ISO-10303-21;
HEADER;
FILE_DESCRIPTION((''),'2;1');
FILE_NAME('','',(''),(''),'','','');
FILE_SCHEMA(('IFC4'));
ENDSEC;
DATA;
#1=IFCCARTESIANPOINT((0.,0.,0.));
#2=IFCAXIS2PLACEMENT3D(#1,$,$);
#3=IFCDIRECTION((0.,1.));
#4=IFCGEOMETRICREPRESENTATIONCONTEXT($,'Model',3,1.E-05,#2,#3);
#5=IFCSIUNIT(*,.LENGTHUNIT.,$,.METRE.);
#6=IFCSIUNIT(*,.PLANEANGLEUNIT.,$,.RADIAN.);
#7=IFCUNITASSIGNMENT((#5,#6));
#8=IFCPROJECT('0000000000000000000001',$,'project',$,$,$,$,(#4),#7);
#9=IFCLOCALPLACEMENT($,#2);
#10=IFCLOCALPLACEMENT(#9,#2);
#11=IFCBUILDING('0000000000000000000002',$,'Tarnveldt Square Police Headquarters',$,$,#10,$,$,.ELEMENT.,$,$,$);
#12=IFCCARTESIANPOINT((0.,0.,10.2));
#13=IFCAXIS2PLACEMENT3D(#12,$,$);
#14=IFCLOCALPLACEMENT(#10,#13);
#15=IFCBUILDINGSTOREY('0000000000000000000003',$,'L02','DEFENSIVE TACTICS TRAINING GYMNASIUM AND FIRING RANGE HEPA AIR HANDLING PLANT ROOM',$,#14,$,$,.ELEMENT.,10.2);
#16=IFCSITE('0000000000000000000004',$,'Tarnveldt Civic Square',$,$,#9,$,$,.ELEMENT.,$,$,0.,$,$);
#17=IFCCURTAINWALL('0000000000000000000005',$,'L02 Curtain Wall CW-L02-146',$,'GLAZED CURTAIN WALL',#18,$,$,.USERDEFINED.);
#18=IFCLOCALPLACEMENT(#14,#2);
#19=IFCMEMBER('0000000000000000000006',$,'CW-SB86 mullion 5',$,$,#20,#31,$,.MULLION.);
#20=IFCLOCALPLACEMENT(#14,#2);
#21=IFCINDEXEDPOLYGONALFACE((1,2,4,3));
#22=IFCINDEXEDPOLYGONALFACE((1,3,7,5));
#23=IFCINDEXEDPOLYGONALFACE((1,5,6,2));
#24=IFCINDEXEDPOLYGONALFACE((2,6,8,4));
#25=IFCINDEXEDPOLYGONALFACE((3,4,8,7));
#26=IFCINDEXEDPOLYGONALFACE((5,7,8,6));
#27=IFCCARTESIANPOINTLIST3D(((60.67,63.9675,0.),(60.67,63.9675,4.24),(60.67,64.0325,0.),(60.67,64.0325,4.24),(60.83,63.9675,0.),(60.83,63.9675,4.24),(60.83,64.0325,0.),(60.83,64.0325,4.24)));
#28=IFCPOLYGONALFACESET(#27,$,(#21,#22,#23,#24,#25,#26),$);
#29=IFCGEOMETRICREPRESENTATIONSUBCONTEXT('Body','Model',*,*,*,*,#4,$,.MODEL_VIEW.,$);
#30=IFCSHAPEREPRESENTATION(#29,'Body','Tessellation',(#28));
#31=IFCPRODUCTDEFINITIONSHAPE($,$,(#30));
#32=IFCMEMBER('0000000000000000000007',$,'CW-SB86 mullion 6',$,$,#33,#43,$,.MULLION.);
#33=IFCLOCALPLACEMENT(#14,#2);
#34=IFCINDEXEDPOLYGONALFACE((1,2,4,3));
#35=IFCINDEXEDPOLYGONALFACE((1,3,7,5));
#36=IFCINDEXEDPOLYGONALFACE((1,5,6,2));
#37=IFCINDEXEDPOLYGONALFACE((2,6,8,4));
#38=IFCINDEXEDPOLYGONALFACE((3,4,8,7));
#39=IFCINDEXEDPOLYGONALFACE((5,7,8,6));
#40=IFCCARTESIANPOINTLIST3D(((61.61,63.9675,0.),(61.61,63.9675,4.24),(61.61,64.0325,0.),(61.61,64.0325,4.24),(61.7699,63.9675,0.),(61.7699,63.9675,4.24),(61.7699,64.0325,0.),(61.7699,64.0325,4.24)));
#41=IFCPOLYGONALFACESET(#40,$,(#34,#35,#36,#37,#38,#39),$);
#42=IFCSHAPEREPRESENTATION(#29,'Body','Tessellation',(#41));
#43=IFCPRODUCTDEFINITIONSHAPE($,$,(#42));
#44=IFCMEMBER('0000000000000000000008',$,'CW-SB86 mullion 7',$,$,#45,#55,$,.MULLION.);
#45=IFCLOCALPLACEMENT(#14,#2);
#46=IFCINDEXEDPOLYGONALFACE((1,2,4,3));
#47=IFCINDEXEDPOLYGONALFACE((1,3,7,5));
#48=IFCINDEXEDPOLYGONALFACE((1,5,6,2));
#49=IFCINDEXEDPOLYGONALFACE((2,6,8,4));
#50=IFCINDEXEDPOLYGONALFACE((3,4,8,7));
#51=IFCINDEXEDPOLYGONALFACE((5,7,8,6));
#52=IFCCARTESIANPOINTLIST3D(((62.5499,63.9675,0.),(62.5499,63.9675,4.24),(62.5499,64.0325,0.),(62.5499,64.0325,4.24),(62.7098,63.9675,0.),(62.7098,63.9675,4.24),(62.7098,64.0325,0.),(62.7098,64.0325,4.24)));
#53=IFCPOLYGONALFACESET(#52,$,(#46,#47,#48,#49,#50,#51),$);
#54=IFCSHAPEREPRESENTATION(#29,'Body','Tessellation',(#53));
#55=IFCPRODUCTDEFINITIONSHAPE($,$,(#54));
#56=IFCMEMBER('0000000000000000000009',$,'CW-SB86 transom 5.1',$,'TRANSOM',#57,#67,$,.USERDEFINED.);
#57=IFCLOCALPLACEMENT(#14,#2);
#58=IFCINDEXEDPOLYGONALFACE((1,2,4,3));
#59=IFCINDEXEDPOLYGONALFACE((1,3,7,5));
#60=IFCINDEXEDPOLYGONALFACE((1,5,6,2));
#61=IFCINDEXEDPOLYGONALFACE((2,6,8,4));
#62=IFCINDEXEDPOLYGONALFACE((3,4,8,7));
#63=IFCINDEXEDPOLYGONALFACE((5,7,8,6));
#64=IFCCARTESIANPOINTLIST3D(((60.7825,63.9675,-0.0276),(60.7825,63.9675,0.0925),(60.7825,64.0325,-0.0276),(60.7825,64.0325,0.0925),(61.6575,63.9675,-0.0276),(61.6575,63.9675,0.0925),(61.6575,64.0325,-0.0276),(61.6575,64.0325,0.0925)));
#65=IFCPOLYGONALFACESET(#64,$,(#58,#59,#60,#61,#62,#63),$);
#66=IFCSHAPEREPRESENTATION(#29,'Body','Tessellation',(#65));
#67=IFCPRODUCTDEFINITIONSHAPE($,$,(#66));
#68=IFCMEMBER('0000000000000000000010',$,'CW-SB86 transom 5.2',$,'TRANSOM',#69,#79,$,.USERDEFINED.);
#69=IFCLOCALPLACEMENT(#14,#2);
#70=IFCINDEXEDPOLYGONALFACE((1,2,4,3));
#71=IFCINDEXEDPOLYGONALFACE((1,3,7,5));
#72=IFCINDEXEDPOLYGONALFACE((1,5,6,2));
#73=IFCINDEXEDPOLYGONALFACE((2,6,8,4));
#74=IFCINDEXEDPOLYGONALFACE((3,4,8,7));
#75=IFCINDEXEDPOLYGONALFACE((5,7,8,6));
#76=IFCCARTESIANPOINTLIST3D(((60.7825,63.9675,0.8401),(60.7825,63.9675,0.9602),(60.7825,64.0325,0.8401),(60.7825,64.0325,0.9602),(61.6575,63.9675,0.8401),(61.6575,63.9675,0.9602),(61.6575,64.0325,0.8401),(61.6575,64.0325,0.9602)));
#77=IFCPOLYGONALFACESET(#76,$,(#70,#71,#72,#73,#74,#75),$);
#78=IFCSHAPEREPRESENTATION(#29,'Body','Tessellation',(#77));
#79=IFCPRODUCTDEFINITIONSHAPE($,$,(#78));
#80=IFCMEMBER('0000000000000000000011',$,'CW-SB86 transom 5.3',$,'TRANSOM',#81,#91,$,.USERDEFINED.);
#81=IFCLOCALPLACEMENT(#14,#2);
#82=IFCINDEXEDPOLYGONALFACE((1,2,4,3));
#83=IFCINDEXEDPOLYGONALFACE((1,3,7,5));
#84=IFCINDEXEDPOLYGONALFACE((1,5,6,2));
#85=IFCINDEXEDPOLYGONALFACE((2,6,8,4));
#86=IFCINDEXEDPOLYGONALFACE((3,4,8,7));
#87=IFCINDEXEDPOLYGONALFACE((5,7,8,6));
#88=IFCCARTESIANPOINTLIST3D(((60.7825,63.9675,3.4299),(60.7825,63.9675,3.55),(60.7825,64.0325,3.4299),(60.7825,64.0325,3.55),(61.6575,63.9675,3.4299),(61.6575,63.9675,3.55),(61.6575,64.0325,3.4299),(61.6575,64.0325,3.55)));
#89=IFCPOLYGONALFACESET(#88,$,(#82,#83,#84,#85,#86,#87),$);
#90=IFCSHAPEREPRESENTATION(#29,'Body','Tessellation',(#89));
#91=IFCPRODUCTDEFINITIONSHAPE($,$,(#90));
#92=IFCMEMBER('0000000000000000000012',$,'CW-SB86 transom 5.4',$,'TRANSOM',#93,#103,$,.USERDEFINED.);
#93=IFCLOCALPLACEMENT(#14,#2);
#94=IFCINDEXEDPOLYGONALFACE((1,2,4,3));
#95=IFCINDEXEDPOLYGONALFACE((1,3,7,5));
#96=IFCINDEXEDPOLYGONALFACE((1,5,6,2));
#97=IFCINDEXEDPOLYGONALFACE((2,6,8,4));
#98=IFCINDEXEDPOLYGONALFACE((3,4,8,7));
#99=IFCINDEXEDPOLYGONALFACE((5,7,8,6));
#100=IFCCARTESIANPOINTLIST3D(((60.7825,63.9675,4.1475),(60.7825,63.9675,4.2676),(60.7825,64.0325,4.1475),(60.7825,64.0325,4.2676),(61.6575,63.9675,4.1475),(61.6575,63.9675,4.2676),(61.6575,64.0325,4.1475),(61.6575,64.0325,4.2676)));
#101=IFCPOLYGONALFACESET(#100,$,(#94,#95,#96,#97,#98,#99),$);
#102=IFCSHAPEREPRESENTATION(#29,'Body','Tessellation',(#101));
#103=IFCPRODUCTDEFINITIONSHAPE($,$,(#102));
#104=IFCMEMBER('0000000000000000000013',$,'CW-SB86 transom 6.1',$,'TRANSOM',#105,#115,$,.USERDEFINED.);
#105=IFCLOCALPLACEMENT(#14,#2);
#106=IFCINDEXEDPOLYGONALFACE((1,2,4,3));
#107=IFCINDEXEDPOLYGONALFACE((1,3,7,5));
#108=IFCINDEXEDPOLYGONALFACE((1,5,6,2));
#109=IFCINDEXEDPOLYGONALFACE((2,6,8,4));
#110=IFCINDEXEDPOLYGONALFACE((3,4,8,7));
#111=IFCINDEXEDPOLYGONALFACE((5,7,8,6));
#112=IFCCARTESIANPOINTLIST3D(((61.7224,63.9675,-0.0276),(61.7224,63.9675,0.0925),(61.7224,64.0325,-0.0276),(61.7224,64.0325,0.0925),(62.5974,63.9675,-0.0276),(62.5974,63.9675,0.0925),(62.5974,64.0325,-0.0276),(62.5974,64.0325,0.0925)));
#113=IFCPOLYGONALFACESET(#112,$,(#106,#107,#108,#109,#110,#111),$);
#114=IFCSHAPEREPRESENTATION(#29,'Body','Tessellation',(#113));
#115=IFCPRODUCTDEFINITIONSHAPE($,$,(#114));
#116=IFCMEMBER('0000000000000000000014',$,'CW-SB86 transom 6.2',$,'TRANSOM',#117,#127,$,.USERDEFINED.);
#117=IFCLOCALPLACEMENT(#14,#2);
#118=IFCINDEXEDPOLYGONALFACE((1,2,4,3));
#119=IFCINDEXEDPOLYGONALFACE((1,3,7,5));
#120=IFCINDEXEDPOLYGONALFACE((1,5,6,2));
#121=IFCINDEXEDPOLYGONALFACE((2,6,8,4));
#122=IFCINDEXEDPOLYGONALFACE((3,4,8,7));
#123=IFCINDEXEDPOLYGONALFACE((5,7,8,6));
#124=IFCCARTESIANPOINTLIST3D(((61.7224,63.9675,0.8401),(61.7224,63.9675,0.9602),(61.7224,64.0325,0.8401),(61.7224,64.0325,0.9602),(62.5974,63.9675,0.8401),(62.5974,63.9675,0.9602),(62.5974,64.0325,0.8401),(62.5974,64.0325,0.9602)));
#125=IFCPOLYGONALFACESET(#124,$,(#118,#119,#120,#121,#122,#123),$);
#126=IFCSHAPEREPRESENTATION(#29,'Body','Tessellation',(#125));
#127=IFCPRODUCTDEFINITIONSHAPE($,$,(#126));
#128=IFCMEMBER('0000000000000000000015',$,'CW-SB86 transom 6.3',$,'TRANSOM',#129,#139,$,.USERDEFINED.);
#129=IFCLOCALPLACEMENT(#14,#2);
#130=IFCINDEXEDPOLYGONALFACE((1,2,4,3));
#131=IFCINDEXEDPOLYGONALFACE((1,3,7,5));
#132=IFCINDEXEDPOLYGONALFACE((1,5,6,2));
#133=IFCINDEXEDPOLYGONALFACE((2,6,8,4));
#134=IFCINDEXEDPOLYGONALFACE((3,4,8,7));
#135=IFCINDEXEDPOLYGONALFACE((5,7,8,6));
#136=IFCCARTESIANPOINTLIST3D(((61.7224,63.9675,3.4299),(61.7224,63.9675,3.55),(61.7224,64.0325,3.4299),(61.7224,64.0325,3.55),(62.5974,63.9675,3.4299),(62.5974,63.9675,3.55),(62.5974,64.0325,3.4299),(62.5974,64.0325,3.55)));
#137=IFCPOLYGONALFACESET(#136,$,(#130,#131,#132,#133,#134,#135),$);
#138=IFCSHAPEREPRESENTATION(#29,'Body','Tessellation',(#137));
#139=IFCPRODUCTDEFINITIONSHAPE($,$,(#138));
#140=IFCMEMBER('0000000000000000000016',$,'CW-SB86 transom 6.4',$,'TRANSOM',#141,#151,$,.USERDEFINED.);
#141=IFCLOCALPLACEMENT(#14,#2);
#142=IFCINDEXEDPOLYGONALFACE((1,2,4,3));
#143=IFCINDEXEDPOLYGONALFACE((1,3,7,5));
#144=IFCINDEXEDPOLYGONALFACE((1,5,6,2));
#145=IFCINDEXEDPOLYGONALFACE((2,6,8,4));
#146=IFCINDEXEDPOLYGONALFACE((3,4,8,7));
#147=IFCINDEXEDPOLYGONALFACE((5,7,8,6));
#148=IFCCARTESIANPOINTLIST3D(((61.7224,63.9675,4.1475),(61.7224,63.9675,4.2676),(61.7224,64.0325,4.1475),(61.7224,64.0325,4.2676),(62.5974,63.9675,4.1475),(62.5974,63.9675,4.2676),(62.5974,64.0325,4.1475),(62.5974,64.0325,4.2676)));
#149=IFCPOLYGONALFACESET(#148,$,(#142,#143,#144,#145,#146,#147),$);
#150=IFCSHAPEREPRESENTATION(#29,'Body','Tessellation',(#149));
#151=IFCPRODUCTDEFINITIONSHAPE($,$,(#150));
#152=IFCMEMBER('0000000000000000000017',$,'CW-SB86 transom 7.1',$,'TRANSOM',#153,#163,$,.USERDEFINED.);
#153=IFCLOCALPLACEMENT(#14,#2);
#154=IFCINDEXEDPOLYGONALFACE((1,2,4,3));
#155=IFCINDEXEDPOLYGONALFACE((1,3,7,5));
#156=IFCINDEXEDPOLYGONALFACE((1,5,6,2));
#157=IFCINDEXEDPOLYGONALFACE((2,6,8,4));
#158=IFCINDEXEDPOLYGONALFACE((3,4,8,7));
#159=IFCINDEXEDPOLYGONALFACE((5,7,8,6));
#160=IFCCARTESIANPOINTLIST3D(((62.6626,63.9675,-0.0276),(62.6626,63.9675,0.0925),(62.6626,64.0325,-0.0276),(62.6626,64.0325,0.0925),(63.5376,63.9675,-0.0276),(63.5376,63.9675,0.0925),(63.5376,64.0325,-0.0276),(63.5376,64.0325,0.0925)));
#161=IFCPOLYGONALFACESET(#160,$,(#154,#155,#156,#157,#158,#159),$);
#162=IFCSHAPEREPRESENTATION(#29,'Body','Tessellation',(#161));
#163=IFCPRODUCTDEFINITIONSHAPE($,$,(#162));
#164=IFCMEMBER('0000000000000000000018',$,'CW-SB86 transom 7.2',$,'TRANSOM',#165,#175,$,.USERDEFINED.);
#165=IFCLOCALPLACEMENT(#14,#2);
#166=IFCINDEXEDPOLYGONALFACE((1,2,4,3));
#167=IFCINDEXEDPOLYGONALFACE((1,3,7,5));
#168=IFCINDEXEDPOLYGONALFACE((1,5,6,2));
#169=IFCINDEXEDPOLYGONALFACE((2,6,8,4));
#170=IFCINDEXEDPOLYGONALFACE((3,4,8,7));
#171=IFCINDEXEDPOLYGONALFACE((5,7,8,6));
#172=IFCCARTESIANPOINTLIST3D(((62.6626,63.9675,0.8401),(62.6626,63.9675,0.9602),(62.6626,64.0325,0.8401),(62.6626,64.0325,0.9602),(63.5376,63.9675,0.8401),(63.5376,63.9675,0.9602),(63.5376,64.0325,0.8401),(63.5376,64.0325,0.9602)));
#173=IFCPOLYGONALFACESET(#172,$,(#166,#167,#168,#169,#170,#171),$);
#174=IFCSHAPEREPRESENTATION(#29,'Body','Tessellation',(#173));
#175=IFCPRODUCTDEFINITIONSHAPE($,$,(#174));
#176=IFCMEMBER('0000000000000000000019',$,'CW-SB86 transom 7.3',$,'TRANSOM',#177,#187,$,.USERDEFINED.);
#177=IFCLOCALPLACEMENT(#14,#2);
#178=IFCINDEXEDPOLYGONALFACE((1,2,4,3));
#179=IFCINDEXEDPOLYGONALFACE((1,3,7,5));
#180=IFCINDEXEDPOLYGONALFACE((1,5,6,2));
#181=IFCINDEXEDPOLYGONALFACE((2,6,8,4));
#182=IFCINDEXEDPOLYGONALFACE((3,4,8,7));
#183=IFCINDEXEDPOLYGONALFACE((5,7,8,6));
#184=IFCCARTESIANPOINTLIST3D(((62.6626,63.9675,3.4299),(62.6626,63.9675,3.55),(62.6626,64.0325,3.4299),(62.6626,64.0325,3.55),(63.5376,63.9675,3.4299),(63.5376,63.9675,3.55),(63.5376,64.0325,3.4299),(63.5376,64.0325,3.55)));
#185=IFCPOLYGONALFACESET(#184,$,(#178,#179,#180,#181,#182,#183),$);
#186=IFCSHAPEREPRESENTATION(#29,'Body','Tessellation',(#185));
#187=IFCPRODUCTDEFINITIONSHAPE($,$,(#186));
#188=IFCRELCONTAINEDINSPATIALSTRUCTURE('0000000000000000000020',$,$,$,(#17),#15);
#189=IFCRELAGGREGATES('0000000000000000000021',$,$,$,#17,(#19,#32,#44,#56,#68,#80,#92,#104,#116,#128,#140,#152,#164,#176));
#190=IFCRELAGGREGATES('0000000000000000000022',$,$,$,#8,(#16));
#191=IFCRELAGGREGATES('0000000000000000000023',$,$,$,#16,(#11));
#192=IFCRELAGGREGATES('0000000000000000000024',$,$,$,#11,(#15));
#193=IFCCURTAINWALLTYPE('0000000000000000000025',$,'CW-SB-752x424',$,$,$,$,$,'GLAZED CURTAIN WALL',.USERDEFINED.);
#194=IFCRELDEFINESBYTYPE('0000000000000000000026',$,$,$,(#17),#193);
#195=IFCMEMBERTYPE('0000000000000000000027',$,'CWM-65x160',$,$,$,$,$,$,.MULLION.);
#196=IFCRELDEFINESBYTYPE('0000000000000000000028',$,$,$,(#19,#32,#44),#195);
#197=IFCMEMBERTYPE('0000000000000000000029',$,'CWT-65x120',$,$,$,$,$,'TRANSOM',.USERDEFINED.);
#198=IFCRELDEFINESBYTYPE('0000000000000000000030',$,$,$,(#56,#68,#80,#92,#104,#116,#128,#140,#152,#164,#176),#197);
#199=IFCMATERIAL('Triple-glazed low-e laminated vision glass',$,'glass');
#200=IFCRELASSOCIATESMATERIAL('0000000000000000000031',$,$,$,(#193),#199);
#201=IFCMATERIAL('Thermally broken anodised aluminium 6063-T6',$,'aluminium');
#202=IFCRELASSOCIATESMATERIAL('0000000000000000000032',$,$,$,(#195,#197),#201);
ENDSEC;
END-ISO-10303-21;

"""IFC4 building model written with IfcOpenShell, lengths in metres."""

from ifc_helpers import new_model, si_unit, direction, frame, origin, origin_2d, place, context, subcontext, project, spatial, rectangle, extrude, material, material_profile, profile_set, type_object, element, aggregate, save


model = new_model("IFC4")

# Units and contexts
model_context = context("Model", 3, precision=1e-05, world=origin(), true_north=direction((0.0, 1.0)))
body_context = subcontext(model_context, "Body", "Model", "MODEL_VIEW")
ifc_project = project(units=[si_unit("LENGTHUNIT", "METRE"), si_unit("PLANEANGLEUNIT", "RADIAN")], contexts=[model_context])

# Site, building, storey
site_placement = place(None, origin())
site = spatial("IfcSite", under=ifc_project, at=site_placement, Name="Tarnveldt Civic Square", CompositionType="ELEMENT", RefElevation=0.0)
building_placement = place(site_placement, origin())
building = spatial("IfcBuilding", under=site, at=building_placement, Name="Tarnveldt Square Police Headquarters", CompositionType="ELEMENT")
storey_placement = place(building_placement, frame((0.0, 0.0, 10.2)))
storey = spatial("IfcBuildingStorey", under=building, at=storey_placement, Name="L02", Description="DEFENSIVE TACTICS TRAINING GYMNASIUM AND FIRING RANGE HEPA AIR HANDLING PLANT ROOM", CompositionType="ELEMENT", Elevation=10.2)

# Curtain wall, members
ifc_material_1 = material(Name="Triple-glazed low-e laminated vision glass", Category="glass")
curtain_wall_type = type_object("IfcCurtainWallType", Name="CW-SB-752x424", ElementType="GLAZED CURTAIN WALL", PredefinedType="USERDEFINED", material=ifc_material_1)
curtain_wall_placement = place(storey_placement, origin())
curtain_wall = element("IfcCurtainWall", 1, at=curtain_wall_placement, inside=storey, type_object=curtain_wall_type, Name="L02 Curtain Wall CW-L02-146", ObjectType="GLAZED CURTAIN WALL", PredefinedType="USERDEFINED")
ifc_material_2 = material(Name="Thermally broken anodised aluminium 6063-T6", Category="aluminium")
ifc_material_profile_1 = material_profile(ifc_material_2, rectangle(XDim=0.0649, YDim=0.1599, at=origin_2d()), Name="CW-M65x160")
ifc_profile_set_1 = profile_set([ifc_material_profile_1], Name="Thermally broken anodised aluminium 6063-T6")
member_type_1 = type_object("IfcMemberType", Name="CWM-65x160", PredefinedType="MULLION", material=ifc_profile_set_1)
member_1_placement = place(storey_placement, frame((60.75, 64.0, 0.0), z_axis=(0.0, 0.0, 1.0), x_axis=(0.0, 1.0, 0.0)))
member_1 = element("IfcMember", 2, at=member_1_placement, type_object=member_type_1, Name="CW-SB86 mullion 5", PredefinedType="MULLION", context=body_context, shape_type="SweptSolid", body=[
    extrude(rectangle(XDim=0.0649, YDim=0.1599, at=origin_2d()), origin(), (0.0, 0.0, 1.0), 4.24),
])
member_2_placement = place(storey_placement, frame((61.6899, 64.0, 0.0), z_axis=(0.0, 0.0, 1.0), x_axis=(0.0, 1.0, 0.0)))
member_2 = element("IfcMember", 3, at=member_2_placement, type_object=member_type_1, Name="CW-SB86 mullion 6", PredefinedType="MULLION", context=body_context, shape_type="SweptSolid", body=[
    extrude(rectangle(XDim=0.0649, YDim=0.1599, at=origin_2d()), origin(), (0.0, 0.0, 1.0), 4.24),
])
member_3_placement = place(storey_placement, frame((62.6299, 64.0, 0.0), z_axis=(0.0, 0.0, 1.0), x_axis=(0.0, 1.0, 0.0)))
member_3 = element("IfcMember", 4, at=member_3_placement, type_object=member_type_1, Name="CW-SB86 mullion 7", PredefinedType="MULLION", context=body_context, shape_type="SweptSolid", body=[
    extrude(rectangle(XDim=0.0649, YDim=0.1599, at=origin_2d()), origin(), (0.0, 0.0, 1.0), 4.24),
])
ifc_material_profile_2 = material_profile(ifc_material_2, rectangle(XDim=0.0649, YDim=0.1201, at=origin_2d()), Name="CW-T65x120")
ifc_profile_set_2 = profile_set([ifc_material_profile_2], Name="Thermally broken anodised aluminium 6063-T6")
member_type_2 = type_object("IfcMemberType", Name="CWT-65x120", ElementType="TRANSOM", PredefinedType="USERDEFINED", material=ifc_profile_set_2)
member_4_placement = place(storey_placement, frame((60.7825, 64.0, 0.0325), z_axis=(1.0, 0.0, 0.0), x_axis=(0.0, 1.0, 0.0)))
member_4 = element("IfcMember", 5, at=member_4_placement, type_object=member_type_2, Name="CW-SB86 transom 5.1", ObjectType="TRANSOM", PredefinedType="USERDEFINED", context=body_context, shape_type="SweptSolid", body=[
    extrude(rectangle(XDim=0.0649, YDim=0.1201, at=origin_2d()), origin(), (0.0, 0.0, 1.0), 0.875),
])
member_5_placement = place(storey_placement, frame((60.7825, 64.0, 0.9001), z_axis=(1.0, 0.0, 0.0), x_axis=(0.0, 1.0, 0.0)))
member_5 = element("IfcMember", 6, at=member_5_placement, type_object=member_type_2, Name="CW-SB86 transom 5.2", ObjectType="TRANSOM", PredefinedType="USERDEFINED", context=body_context, shape_type="SweptSolid", body=[
    extrude(rectangle(XDim=0.0649, YDim=0.1201, at=origin_2d()), origin(), (0.0, 0.0, 1.0), 0.875),
])
member_6_placement = place(storey_placement, frame((60.7825, 64.0, 3.49), z_axis=(1.0, 0.0, 0.0), x_axis=(0.0, 1.0, 0.0)))
member_6 = element("IfcMember", 7, at=member_6_placement, type_object=member_type_2, Name="CW-SB86 transom 5.3", ObjectType="TRANSOM", PredefinedType="USERDEFINED", context=body_context, shape_type="SweptSolid", body=[
    extrude(rectangle(XDim=0.0649, YDim=0.1201, at=origin_2d()), origin(), (0.0, 0.0, 1.0), 0.875),
])
member_7_placement = place(storey_placement, frame((60.7825, 64.0, 4.2075), z_axis=(1.0, 0.0, 0.0), x_axis=(0.0, 1.0, 0.0)))
member_7 = element("IfcMember", 8, at=member_7_placement, type_object=member_type_2, Name="CW-SB86 transom 5.4", ObjectType="TRANSOM", PredefinedType="USERDEFINED", context=body_context, shape_type="SweptSolid", body=[
    extrude(rectangle(XDim=0.0649, YDim=0.1201, at=origin_2d()), origin(), (0.0, 0.0, 1.0), 0.875),
])
member_8_placement = place(storey_placement, frame((61.7224, 64.0, 0.0325), z_axis=(1.0, 0.0, 0.0), x_axis=(0.0, 1.0, 0.0)))
member_8 = element("IfcMember", 9, at=member_8_placement, type_object=member_type_2, Name="CW-SB86 transom 6.1", ObjectType="TRANSOM", PredefinedType="USERDEFINED", context=body_context, shape_type="SweptSolid", body=[
    extrude(rectangle(XDim=0.0649, YDim=0.1201, at=origin_2d()), origin(), (0.0, 0.0, 1.0), 0.875),
])
member_9_placement = place(storey_placement, frame((61.7224, 64.0, 0.9001), z_axis=(1.0, 0.0, 0.0), x_axis=(0.0, 1.0, 0.0)))
member_9 = element("IfcMember", 10, at=member_9_placement, type_object=member_type_2, Name="CW-SB86 transom 6.2", ObjectType="TRANSOM", PredefinedType="USERDEFINED", context=body_context, shape_type="SweptSolid", body=[
    extrude(rectangle(XDim=0.0649, YDim=0.1201, at=origin_2d()), origin(), (0.0, 0.0, 1.0), 0.875),
])
member_10_placement = place(storey_placement, frame((61.7224, 64.0, 3.49), z_axis=(1.0, 0.0, 0.0), x_axis=(0.0, 1.0, 0.0)))
member_10 = element("IfcMember", 11, at=member_10_placement, type_object=member_type_2, Name="CW-SB86 transom 6.3", ObjectType="TRANSOM", PredefinedType="USERDEFINED", context=body_context, shape_type="SweptSolid", body=[
    extrude(rectangle(XDim=0.0649, YDim=0.1201, at=origin_2d()), origin(), (0.0, 0.0, 1.0), 0.875),
])
member_11_placement = place(storey_placement, frame((61.7224, 64.0, 4.2075), z_axis=(1.0, 0.0, 0.0), x_axis=(0.0, 1.0, 0.0)))
member_11 = element("IfcMember", 12, at=member_11_placement, type_object=member_type_2, Name="CW-SB86 transom 6.4", ObjectType="TRANSOM", PredefinedType="USERDEFINED", context=body_context, shape_type="SweptSolid", body=[
    extrude(rectangle(XDim=0.0649, YDim=0.1201, at=origin_2d()), origin(), (0.0, 0.0, 1.0), 0.875),
])
member_12_placement = place(storey_placement, frame((62.6626, 64.0, 0.0325), z_axis=(1.0, 0.0, 0.0), x_axis=(0.0, 1.0, 0.0)))
member_12 = element("IfcMember", 13, at=member_12_placement, type_object=member_type_2, Name="CW-SB86 transom 7.1", ObjectType="TRANSOM", PredefinedType="USERDEFINED", context=body_context, shape_type="SweptSolid", body=[
    extrude(rectangle(XDim=0.0649, YDim=0.1201, at=origin_2d()), origin(), (0.0, 0.0, 1.0), 0.875),
])
member_13_placement = place(storey_placement, frame((62.6626, 64.0, 0.9001), z_axis=(1.0, 0.0, 0.0), x_axis=(0.0, 1.0, 0.0)))
member_13 = element("IfcMember", 14, at=member_13_placement, type_object=member_type_2, Name="CW-SB86 transom 7.2", ObjectType="TRANSOM", PredefinedType="USERDEFINED", context=body_context, shape_type="SweptSolid", body=[
    extrude(rectangle(XDim=0.0649, YDim=0.1201, at=origin_2d()), origin(), (0.0, 0.0, 1.0), 0.875),
])
member_14_placement = place(storey_placement, frame((62.6626, 64.0, 3.49), z_axis=(1.0, 0.0, 0.0), x_axis=(0.0, 1.0, 0.0)))
member_14 = element("IfcMember", 15, at=member_14_placement, type_object=member_type_2, Name="CW-SB86 transom 7.3", ObjectType="TRANSOM", PredefinedType="USERDEFINED", context=body_context, shape_type="SweptSolid", body=[
    extrude(rectangle(XDim=0.0649, YDim=0.1201, at=origin_2d()), origin(), (0.0, 0.0, 1.0), 0.875),
])
aggregate(curtain_wall, [member_1, member_2, member_3, member_4, member_5, member_6, member_7, member_8, member_9, member_10, member_11, member_12, member_13, member_14])

save(model, "model.ifc")
